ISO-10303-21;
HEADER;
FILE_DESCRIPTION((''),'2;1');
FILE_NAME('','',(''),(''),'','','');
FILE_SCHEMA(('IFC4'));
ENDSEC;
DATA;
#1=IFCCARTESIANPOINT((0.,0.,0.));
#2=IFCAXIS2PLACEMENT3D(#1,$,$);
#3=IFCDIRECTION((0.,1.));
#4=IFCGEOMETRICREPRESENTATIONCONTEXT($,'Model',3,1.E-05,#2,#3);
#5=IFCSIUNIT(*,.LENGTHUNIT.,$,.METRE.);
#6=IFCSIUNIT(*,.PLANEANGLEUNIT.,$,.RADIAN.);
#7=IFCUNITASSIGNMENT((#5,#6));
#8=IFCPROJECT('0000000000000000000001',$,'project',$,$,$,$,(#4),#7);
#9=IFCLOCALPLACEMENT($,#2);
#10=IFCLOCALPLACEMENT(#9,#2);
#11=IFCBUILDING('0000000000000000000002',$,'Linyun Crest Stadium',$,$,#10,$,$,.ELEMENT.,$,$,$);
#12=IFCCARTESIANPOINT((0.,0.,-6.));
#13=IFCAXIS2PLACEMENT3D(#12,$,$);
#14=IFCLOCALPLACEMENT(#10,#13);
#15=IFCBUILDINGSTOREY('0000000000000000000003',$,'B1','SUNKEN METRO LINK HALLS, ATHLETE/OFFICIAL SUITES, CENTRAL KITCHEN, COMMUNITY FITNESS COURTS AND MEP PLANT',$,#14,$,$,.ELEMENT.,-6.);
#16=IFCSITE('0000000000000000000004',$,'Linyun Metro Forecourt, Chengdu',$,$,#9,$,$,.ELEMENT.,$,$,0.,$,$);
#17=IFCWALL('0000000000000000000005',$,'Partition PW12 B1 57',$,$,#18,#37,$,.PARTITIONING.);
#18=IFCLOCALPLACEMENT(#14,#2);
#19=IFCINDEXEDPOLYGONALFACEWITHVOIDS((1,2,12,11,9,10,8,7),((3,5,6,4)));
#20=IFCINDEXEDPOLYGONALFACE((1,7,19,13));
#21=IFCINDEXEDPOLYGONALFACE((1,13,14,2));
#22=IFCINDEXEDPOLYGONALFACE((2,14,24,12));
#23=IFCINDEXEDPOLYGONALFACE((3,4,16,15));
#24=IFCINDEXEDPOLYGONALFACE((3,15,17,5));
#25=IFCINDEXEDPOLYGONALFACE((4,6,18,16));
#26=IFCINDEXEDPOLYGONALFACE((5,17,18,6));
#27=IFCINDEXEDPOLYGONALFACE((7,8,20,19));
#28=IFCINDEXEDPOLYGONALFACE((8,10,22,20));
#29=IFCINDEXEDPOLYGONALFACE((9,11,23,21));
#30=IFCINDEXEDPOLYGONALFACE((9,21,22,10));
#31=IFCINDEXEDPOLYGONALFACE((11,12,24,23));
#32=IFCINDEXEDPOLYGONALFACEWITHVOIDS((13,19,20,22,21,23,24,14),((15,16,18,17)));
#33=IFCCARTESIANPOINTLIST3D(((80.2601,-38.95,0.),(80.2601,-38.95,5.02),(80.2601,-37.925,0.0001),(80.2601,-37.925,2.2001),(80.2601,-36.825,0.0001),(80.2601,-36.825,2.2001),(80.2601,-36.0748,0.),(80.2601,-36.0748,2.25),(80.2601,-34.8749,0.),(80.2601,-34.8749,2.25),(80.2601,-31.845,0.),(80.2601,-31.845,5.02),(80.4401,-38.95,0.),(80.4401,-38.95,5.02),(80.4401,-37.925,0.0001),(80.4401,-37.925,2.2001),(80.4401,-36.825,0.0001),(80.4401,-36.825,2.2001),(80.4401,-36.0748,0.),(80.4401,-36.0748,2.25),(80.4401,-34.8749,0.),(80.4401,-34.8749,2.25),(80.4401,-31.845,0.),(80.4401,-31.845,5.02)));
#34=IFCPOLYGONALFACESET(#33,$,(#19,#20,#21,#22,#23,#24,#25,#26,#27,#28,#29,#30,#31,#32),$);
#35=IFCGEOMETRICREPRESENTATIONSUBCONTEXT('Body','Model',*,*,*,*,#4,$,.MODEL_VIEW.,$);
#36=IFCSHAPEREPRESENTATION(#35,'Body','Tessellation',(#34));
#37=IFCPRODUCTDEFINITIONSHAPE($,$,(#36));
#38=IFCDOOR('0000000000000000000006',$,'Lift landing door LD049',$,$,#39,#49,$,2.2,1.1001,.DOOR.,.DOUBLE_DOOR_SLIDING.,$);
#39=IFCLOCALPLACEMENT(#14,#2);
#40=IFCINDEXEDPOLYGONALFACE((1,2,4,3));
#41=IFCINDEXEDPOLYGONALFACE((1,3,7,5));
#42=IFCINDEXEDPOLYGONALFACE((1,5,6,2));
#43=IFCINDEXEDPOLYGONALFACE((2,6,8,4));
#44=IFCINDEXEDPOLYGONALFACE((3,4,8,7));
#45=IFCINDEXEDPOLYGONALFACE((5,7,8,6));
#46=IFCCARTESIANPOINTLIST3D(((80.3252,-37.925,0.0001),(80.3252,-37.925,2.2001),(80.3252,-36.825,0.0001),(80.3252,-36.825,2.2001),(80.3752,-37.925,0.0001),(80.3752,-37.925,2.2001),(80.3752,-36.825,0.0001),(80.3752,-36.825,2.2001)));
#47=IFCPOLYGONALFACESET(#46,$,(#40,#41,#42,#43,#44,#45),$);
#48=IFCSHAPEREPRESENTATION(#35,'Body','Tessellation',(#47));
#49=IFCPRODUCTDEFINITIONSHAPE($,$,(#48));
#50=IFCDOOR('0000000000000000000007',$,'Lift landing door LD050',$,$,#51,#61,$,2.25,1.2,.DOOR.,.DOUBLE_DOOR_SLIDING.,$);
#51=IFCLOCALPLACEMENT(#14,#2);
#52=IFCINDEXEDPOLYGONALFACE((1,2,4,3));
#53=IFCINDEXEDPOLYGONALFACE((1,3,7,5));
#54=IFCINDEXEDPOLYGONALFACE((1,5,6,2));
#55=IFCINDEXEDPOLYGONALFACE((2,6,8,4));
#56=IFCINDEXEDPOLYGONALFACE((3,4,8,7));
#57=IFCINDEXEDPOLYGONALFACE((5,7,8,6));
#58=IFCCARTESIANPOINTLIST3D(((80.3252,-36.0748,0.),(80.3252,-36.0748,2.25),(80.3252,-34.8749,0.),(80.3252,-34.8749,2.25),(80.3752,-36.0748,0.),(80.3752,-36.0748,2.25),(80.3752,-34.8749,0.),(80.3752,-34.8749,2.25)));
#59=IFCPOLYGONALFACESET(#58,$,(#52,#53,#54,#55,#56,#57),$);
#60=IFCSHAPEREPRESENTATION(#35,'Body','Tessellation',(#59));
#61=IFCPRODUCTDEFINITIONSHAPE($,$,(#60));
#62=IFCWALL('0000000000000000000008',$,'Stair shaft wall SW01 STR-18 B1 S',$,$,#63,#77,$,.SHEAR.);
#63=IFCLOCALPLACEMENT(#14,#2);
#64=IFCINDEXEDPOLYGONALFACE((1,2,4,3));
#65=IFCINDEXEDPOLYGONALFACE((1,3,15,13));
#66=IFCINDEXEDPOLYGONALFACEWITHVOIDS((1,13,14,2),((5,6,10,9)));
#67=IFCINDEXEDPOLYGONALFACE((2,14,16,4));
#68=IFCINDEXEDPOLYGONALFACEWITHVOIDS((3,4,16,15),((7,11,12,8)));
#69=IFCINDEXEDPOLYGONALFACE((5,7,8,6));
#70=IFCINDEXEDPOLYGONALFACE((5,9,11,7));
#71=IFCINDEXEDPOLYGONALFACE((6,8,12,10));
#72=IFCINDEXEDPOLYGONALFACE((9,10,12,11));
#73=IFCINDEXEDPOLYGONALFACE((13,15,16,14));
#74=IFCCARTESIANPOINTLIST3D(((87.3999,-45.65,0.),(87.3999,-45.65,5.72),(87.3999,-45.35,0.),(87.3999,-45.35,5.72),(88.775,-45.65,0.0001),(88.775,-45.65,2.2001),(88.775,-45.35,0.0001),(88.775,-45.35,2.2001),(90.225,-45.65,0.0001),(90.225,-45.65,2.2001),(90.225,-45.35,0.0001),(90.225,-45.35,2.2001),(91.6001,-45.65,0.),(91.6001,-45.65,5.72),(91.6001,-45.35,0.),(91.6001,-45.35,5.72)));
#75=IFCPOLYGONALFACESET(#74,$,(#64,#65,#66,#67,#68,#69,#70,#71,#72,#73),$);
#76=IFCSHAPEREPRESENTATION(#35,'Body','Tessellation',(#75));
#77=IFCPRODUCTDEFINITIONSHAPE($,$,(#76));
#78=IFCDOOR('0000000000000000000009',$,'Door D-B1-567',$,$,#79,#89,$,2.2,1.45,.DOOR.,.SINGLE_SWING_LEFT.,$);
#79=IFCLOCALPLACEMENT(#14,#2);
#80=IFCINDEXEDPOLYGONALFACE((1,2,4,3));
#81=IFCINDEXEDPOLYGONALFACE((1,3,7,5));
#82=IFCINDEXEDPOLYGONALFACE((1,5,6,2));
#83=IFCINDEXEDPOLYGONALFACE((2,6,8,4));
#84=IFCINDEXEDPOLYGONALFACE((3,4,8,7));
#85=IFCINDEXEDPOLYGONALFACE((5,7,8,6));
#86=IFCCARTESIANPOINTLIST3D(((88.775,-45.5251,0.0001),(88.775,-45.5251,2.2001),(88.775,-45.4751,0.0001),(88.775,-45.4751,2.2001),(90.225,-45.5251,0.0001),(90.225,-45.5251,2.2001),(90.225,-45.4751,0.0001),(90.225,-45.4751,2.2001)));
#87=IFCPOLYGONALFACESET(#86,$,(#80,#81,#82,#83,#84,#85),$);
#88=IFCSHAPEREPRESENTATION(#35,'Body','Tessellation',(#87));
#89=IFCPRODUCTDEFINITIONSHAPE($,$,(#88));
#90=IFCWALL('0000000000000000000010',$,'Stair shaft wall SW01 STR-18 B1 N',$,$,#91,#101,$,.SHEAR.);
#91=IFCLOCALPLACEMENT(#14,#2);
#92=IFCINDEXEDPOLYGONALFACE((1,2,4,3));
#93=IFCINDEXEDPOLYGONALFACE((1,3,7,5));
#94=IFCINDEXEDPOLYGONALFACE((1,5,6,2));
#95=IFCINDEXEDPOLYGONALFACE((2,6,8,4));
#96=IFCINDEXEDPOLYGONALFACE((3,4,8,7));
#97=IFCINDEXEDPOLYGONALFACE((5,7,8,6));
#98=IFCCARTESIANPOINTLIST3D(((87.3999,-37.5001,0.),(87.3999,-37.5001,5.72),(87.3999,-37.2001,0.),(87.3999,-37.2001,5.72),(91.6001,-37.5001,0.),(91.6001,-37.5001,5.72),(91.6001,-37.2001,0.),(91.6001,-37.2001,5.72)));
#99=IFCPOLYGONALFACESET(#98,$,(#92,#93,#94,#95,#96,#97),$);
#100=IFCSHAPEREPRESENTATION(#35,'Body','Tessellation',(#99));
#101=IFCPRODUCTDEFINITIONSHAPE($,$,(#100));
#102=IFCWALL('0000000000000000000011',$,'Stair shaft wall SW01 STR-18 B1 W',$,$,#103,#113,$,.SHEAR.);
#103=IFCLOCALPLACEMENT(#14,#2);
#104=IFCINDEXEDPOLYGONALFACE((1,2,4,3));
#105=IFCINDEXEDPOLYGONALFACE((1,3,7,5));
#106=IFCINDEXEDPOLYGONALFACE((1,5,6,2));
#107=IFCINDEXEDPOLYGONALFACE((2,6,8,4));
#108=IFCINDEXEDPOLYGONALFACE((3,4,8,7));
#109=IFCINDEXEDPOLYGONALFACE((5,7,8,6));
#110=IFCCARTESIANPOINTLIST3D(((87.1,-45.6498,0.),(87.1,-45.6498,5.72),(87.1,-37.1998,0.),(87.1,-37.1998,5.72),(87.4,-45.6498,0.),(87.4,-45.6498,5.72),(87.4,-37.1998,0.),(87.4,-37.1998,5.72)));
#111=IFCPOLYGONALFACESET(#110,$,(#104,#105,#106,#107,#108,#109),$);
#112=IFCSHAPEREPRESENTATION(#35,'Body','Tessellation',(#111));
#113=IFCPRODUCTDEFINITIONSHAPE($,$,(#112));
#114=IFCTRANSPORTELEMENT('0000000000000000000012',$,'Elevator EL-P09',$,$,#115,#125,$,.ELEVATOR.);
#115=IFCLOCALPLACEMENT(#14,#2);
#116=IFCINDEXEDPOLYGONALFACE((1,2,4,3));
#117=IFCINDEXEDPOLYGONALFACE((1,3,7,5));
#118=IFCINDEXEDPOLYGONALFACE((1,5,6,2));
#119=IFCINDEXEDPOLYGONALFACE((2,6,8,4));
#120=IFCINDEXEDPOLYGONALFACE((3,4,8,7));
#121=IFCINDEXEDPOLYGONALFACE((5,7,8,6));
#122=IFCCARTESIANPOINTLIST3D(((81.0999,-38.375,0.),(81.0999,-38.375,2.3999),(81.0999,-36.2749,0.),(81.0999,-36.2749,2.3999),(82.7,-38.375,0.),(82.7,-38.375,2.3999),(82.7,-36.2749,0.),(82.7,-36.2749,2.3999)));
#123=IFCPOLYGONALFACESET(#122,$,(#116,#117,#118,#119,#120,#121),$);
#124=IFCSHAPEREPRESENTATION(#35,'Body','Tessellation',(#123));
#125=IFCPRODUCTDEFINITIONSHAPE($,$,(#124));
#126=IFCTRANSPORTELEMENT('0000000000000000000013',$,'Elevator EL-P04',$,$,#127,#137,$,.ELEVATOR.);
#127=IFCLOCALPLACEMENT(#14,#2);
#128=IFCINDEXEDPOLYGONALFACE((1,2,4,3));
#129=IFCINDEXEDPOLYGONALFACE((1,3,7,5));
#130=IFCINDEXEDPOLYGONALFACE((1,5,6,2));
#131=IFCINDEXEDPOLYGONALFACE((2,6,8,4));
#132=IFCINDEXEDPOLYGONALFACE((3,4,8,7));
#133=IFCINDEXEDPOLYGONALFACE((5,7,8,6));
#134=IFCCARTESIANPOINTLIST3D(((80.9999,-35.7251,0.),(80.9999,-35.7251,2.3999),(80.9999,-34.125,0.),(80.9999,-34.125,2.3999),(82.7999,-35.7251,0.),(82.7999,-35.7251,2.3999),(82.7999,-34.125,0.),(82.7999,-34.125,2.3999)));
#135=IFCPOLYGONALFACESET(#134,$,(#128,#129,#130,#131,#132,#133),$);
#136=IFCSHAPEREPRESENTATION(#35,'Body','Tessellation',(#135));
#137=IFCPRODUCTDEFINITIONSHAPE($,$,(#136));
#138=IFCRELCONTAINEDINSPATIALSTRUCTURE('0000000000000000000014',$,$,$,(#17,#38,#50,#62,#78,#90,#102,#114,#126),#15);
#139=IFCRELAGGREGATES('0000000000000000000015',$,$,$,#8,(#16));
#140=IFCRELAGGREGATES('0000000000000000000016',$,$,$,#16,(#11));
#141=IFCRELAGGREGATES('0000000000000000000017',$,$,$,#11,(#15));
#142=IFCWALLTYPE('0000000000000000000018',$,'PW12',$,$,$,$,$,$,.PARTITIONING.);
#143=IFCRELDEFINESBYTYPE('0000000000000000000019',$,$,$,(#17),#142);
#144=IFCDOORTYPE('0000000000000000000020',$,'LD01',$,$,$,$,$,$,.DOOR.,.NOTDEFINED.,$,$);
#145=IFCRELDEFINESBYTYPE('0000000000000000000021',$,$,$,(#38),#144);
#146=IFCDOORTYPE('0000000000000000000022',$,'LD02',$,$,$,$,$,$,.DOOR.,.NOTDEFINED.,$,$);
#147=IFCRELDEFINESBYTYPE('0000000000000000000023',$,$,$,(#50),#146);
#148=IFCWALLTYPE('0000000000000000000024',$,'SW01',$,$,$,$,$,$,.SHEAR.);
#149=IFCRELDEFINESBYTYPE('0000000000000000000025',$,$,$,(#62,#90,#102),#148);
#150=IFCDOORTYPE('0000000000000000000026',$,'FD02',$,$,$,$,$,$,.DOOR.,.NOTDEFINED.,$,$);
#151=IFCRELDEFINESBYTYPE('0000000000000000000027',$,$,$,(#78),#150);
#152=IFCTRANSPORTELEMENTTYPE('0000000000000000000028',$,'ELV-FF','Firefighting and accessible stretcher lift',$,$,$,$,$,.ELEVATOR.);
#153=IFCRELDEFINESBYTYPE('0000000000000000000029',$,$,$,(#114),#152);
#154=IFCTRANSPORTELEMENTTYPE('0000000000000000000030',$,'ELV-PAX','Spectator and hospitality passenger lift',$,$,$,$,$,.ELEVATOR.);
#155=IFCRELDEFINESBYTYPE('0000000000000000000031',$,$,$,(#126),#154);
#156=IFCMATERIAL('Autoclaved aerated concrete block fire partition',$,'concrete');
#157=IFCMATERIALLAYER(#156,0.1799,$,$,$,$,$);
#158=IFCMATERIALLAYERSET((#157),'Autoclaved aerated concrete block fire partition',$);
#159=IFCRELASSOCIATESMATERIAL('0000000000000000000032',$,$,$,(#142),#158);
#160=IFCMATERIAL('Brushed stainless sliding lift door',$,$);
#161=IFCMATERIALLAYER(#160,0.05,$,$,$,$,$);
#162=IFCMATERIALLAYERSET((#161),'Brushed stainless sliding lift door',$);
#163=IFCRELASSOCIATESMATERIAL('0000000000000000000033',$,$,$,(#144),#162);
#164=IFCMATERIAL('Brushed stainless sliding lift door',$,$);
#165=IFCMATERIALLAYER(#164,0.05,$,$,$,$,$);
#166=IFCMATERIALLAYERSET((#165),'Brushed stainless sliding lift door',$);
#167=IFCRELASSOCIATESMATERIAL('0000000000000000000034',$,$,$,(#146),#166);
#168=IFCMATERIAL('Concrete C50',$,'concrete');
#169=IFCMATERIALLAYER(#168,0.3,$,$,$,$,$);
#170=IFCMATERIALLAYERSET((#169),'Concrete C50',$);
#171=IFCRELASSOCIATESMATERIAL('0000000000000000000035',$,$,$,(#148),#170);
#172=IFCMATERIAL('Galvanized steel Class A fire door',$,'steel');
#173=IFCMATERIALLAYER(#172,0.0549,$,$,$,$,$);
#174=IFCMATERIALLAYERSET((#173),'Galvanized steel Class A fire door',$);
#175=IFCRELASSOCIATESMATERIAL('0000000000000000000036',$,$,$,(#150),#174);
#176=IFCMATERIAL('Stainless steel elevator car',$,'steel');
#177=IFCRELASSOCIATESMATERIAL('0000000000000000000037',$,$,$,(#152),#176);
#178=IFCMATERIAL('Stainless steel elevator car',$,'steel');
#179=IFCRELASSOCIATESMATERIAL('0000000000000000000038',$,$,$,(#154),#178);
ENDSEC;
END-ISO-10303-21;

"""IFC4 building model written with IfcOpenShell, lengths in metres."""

from ifc_helpers import new_model, si_unit, direction, frame, frame_2d, origin, origin_2d, place, context, subcontext, project, spatial, rectangle, extrude, material, layer, layer_set, type_object, element, fill, save


model = new_model("IFC4")

# Units and contexts
model_context = context("Model", 3, precision=1e-05, world=origin(), true_north=direction((0.0, 1.0)))
body_context = subcontext(model_context, "Body", "Model", "MODEL_VIEW")
ifc_project = project(units=[si_unit("LENGTHUNIT", "METRE"), si_unit("PLANEANGLEUNIT", "RADIAN")], contexts=[model_context])

# Site, building, storey
site_placement = place(None, origin())
site = spatial("IfcSite", under=ifc_project, at=site_placement, Name="Linyun Metro Forecourt, Chengdu", CompositionType="ELEMENT", RefElevation=0.0)
building_placement = place(site_placement, origin())
building = spatial("IfcBuilding", under=site, at=building_placement, Name="Linyun Crest Stadium", CompositionType="ELEMENT")
storey_placement = place(building_placement, frame((0.0, 0.0, -6.0)))
storey = spatial("IfcBuildingStorey", under=building, at=storey_placement, Name="B1", Description="SUNKEN METRO LINK HALLS, ATHLETE/OFFICIAL SUITES, CENTRAL KITCHEN, COMMUNITY FITNESS COURTS AND MEP PLANT", CompositionType="ELEMENT", Elevation=-6.0)

# Wall, openings, doors
ifc_material_1 = material(Name="Autoclaved aerated concrete block fire partition", Category="concrete")
ifc_layer_1 = layer(ifc_material_1, 0.1799)
ifc_layer_set_1 = layer_set([ifc_layer_1], Name="Autoclaved aerated concrete block fire partition")
wall_type_1 = type_object("IfcWallType", Name="PW12", PredefinedType="PARTITIONING", material=ifc_layer_set_1)
wall_1_placement = place(storey_placement, frame((80.3501, -38.95, 0.0), z_axis=(0.0, 0.0, 1.0), x_axis=(0.0, 1.0, 0.0)))
wall_1 = element("IfcWall", 1, at=wall_1_placement, inside=storey, type_object=wall_type_1, Name="Partition PW12 B1 57", PredefinedType="PARTITIONING", context=body_context, shape_type="SweptSolid", body=[
    extrude(rectangle(XDim=7.105, YDim=0.1799, at=frame_2d((3.5525, 0.0))), origin(), (0.0, 0.0, 1.0), 5.02),
])
opening_1_placement = place(wall_1_placement, frame((1.0249, 0.0, 0.0)))
opening_1 = element("IfcOpeningElement", 2, at=opening_1_placement, cuts=wall_1, PredefinedType="OPENING", context=body_context, shape_type="SweptSolid", body=[
    extrude(rectangle(XDim=1.1001, YDim=2.2, at=frame_2d((0.55, 1.1001))), frame((0.0, 0.0999, 0.0), z_axis=(0.0, -1.0, 0.0), x_axis=(1.0, 0.0, 0.0)), (0.0, 0.0, 1.0), 0.2),
])
opening_2_placement = place(wall_1_placement, frame((2.875, 0.0, 0.0)))
opening_2 = element("IfcOpeningElement", 3, at=opening_2_placement, cuts=wall_1, PredefinedType="OPENING", context=body_context, shape_type="SweptSolid", body=[
    extrude(rectangle(XDim=1.2, YDim=2.25, at=frame_2d((0.6001, 1.125))), frame((0.0, 0.0999, 0.0), z_axis=(0.0, -1.0, 0.0), x_axis=(1.0, 0.0, 0.0)), (0.0, 0.0, 1.0), 0.2),
])
ifc_material_2 = material(Name="Brushed stainless sliding lift door")
ifc_layer_2 = layer(ifc_material_2, 0.05)
ifc_layer_set_2 = layer_set([ifc_layer_2], Name="Brushed stainless sliding lift door")
door_type_1 = type_object("IfcDoorType", Name="LD01", OperationType="NOTDEFINED", PredefinedType="DOOR", material=ifc_layer_set_2)
door_1_placement = place(opening_1_placement, origin())
door_1 = element("IfcDoor", 4, at=door_1_placement, inside=storey, type_object=door_type_1, Name="Lift landing door LD049", OperationType="DOUBLE_DOOR_SLIDING", OverallHeight=2.2, OverallWidth=1.1001, PredefinedType="DOOR", context=body_context, shape_type="SweptSolid", body=[
    extrude(rectangle(XDim=1.1001, YDim=2.2, at=frame_2d((0.55, 1.1001))), frame((0.0, 0.0249, 0.0), z_axis=(0.0, -1.0, 0.0), x_axis=(1.0, 0.0, 0.0)), (0.0, 0.0, 1.0), 0.05),
])
fill(opening_1, door_1)
ifc_material_3 = material(Name="Brushed stainless sliding lift door")
ifc_layer_3 = layer(ifc_material_3, 0.05)
ifc_layer_set_3 = layer_set([ifc_layer_3], Name="Brushed stainless sliding lift door")
door_type_2 = type_object("IfcDoorType", Name="LD02", OperationType="NOTDEFINED", PredefinedType="DOOR", material=ifc_layer_set_3)
door_2_placement = place(opening_2_placement, origin())
door_2 = element("IfcDoor", 5, at=door_2_placement, inside=storey, type_object=door_type_2, Name="Lift landing door LD050", OperationType="DOUBLE_DOOR_SLIDING", OverallHeight=2.25, OverallWidth=1.2, PredefinedType="DOOR", context=body_context, shape_type="SweptSolid", body=[
    extrude(rectangle(XDim=1.2, YDim=2.25, at=frame_2d((0.6001, 1.125))), frame((0.0, 0.0249, 0.0), z_axis=(0.0, -1.0, 0.0), x_axis=(1.0, 0.0, 0.0)), (0.0, 0.0, 1.0), 0.05),
])
fill(opening_2, door_2)

# Wall, opening, door
ifc_material_4 = material(Name="Concrete C50", Category="concrete")
ifc_layer_4 = layer(ifc_material_4, 0.3)
ifc_layer_set_4 = layer_set([ifc_layer_4], Name="Concrete C50")
wall_type_2 = type_object("IfcWallType", Name="SW01", PredefinedType="SHEAR", material=ifc_layer_set_4)
wall_2_placement = place(storey_placement, frame((87.3999, -45.5, 0.0), z_axis=(0.0, 0.0, 1.0), x_axis=(1.0, 0.0, 0.0)))
wall_2 = element("IfcWall", 6, at=wall_2_placement, inside=storey, type_object=wall_type_2, Name="Stair shaft wall SW01 STR-18 B1 S", PredefinedType="SHEAR", context=body_context, shape_type="SweptSolid", body=[
    extrude(rectangle(XDim=4.2002, YDim=0.3, at=frame_2d((2.1001, 0.0))), origin(), (0.0, 0.0, 1.0), 5.72),
])
opening_3_placement = place(wall_2_placement, frame((1.375, 0.0, 0.0)))
opening_3 = element("IfcOpeningElement", 7, at=opening_3_placement, cuts=wall_2, PredefinedType="OPENING", context=body_context, shape_type="SweptSolid", body=[
    extrude(rectangle(XDim=1.45, YDim=2.2, at=frame_2d((0.7251, 1.1001))), frame((0.0, 0.1599, 0.0), z_axis=(0.0, -1.0, 0.0), x_axis=(1.0, 0.0, 0.0)), (0.0, 0.0, 1.0), 0.3201),
])
ifc_material_5 = material(Name="Galvanized steel Class A fire door", Category="steel")
ifc_layer_5 = layer(ifc_material_5, 0.0549)
ifc_layer_set_5 = layer_set([ifc_layer_5], Name="Galvanized steel Class A fire door")
door_type_3 = type_object("IfcDoorType", Name="FD02", OperationType="NOTDEFINED", PredefinedType="DOOR", material=ifc_layer_set_5)
door_3_placement = place(opening_3_placement, origin())
door_3 = element("IfcDoor", 8, at=door_3_placement, inside=storey, type_object=door_type_3, Name="Door D-B1-567", OperationType="SINGLE_SWING_LEFT", OverallHeight=2.2, OverallWidth=1.45, PredefinedType="DOOR", context=body_context, shape_type="SweptSolid", body=[
    extrude(rectangle(XDim=1.45, YDim=2.2, at=frame_2d((0.7251, 1.1001))), frame((0.0, 0.0249, 0.0), z_axis=(0.0, -1.0, 0.0), x_axis=(1.0, 0.0, 0.0)), (0.0, 0.0, 1.0), 0.05),
])
fill(opening_3, door_3)

# Walls
wall_3_placement = place(storey_placement, frame((87.3999, -37.3501, 0.0), z_axis=(0.0, 0.0, 1.0), x_axis=(1.0, 0.0, 0.0)))
element("IfcWall", 9, at=wall_3_placement, inside=storey, type_object=wall_type_2, Name="Stair shaft wall SW01 STR-18 B1 N", PredefinedType="SHEAR", context=body_context, shape_type="SweptSolid", body=[
    extrude(rectangle(XDim=4.2002, YDim=0.3, at=frame_2d((2.1001, 0.0))), origin(), (0.0, 0.0, 1.0), 5.72),
])
wall_4_placement = place(storey_placement, frame((87.25, -45.6499, 0.0), z_axis=(0.0, 0.0, 1.0), x_axis=(0.0, 1.0, 0.0)))
element("IfcWall", 10, at=wall_4_placement, inside=storey, type_object=wall_type_2, Name="Stair shaft wall SW01 STR-18 B1 W", PredefinedType="SHEAR", context=body_context, shape_type="SweptSolid", body=[
    extrude(rectangle(XDim=8.45, YDim=0.3, at=frame_2d((4.2251, 0.0))), origin(), (0.0, 0.0, 1.0), 5.72),
])

# Transport elements
ifc_material_6 = material(Name="Stainless steel elevator car", Category="steel")
transport_element_type_1 = type_object("IfcTransportElementType", Name="ELV-FF", Description="Firefighting and accessible stretcher lift", PredefinedType="ELEVATOR", material=ifc_material_6)
transport_element_1_placement = place(storey_placement, frame((81.8999, -37.325, 0.0), z_axis=(0.0, 0.0, 1.0), x_axis=(1.0, 0.0, 0.0)))
element("IfcTransportElement", 11, at=transport_element_1_placement, inside=storey, type_object=transport_element_type_1, Name="Elevator EL-P09", PredefinedType="ELEVATOR", context=body_context, shape_type="SweptSolid", body=[
    extrude(rectangle(XDim=1.6001, YDim=2.1001, at=origin_2d()), origin(), (0.0, 0.0, 1.0), 2.3999),
])
ifc_material_7 = material(Name="Stainless steel elevator car", Category="steel")
transport_element_type_2 = type_object("IfcTransportElementType", Name="ELV-PAX", Description="Spectator and hospitality passenger lift", PredefinedType="ELEVATOR", material=ifc_material_7)
transport_element_2_placement = place(storey_placement, frame((81.8999, -34.925, 0.0), z_axis=(0.0, 0.0, 1.0), x_axis=(1.0, 0.0, 0.0)))
element("IfcTransportElement", 12, at=transport_element_2_placement, inside=storey, type_object=transport_element_type_2, Name="Elevator EL-P04", PredefinedType="ELEVATOR", context=body_context, shape_type="SweptSolid", body=[
    extrude(rectangle(XDim=1.8, YDim=1.6001, at=origin_2d()), origin(), (0.0, 0.0, 1.0), 2.3999),
])

save(model, "model.ifc")
